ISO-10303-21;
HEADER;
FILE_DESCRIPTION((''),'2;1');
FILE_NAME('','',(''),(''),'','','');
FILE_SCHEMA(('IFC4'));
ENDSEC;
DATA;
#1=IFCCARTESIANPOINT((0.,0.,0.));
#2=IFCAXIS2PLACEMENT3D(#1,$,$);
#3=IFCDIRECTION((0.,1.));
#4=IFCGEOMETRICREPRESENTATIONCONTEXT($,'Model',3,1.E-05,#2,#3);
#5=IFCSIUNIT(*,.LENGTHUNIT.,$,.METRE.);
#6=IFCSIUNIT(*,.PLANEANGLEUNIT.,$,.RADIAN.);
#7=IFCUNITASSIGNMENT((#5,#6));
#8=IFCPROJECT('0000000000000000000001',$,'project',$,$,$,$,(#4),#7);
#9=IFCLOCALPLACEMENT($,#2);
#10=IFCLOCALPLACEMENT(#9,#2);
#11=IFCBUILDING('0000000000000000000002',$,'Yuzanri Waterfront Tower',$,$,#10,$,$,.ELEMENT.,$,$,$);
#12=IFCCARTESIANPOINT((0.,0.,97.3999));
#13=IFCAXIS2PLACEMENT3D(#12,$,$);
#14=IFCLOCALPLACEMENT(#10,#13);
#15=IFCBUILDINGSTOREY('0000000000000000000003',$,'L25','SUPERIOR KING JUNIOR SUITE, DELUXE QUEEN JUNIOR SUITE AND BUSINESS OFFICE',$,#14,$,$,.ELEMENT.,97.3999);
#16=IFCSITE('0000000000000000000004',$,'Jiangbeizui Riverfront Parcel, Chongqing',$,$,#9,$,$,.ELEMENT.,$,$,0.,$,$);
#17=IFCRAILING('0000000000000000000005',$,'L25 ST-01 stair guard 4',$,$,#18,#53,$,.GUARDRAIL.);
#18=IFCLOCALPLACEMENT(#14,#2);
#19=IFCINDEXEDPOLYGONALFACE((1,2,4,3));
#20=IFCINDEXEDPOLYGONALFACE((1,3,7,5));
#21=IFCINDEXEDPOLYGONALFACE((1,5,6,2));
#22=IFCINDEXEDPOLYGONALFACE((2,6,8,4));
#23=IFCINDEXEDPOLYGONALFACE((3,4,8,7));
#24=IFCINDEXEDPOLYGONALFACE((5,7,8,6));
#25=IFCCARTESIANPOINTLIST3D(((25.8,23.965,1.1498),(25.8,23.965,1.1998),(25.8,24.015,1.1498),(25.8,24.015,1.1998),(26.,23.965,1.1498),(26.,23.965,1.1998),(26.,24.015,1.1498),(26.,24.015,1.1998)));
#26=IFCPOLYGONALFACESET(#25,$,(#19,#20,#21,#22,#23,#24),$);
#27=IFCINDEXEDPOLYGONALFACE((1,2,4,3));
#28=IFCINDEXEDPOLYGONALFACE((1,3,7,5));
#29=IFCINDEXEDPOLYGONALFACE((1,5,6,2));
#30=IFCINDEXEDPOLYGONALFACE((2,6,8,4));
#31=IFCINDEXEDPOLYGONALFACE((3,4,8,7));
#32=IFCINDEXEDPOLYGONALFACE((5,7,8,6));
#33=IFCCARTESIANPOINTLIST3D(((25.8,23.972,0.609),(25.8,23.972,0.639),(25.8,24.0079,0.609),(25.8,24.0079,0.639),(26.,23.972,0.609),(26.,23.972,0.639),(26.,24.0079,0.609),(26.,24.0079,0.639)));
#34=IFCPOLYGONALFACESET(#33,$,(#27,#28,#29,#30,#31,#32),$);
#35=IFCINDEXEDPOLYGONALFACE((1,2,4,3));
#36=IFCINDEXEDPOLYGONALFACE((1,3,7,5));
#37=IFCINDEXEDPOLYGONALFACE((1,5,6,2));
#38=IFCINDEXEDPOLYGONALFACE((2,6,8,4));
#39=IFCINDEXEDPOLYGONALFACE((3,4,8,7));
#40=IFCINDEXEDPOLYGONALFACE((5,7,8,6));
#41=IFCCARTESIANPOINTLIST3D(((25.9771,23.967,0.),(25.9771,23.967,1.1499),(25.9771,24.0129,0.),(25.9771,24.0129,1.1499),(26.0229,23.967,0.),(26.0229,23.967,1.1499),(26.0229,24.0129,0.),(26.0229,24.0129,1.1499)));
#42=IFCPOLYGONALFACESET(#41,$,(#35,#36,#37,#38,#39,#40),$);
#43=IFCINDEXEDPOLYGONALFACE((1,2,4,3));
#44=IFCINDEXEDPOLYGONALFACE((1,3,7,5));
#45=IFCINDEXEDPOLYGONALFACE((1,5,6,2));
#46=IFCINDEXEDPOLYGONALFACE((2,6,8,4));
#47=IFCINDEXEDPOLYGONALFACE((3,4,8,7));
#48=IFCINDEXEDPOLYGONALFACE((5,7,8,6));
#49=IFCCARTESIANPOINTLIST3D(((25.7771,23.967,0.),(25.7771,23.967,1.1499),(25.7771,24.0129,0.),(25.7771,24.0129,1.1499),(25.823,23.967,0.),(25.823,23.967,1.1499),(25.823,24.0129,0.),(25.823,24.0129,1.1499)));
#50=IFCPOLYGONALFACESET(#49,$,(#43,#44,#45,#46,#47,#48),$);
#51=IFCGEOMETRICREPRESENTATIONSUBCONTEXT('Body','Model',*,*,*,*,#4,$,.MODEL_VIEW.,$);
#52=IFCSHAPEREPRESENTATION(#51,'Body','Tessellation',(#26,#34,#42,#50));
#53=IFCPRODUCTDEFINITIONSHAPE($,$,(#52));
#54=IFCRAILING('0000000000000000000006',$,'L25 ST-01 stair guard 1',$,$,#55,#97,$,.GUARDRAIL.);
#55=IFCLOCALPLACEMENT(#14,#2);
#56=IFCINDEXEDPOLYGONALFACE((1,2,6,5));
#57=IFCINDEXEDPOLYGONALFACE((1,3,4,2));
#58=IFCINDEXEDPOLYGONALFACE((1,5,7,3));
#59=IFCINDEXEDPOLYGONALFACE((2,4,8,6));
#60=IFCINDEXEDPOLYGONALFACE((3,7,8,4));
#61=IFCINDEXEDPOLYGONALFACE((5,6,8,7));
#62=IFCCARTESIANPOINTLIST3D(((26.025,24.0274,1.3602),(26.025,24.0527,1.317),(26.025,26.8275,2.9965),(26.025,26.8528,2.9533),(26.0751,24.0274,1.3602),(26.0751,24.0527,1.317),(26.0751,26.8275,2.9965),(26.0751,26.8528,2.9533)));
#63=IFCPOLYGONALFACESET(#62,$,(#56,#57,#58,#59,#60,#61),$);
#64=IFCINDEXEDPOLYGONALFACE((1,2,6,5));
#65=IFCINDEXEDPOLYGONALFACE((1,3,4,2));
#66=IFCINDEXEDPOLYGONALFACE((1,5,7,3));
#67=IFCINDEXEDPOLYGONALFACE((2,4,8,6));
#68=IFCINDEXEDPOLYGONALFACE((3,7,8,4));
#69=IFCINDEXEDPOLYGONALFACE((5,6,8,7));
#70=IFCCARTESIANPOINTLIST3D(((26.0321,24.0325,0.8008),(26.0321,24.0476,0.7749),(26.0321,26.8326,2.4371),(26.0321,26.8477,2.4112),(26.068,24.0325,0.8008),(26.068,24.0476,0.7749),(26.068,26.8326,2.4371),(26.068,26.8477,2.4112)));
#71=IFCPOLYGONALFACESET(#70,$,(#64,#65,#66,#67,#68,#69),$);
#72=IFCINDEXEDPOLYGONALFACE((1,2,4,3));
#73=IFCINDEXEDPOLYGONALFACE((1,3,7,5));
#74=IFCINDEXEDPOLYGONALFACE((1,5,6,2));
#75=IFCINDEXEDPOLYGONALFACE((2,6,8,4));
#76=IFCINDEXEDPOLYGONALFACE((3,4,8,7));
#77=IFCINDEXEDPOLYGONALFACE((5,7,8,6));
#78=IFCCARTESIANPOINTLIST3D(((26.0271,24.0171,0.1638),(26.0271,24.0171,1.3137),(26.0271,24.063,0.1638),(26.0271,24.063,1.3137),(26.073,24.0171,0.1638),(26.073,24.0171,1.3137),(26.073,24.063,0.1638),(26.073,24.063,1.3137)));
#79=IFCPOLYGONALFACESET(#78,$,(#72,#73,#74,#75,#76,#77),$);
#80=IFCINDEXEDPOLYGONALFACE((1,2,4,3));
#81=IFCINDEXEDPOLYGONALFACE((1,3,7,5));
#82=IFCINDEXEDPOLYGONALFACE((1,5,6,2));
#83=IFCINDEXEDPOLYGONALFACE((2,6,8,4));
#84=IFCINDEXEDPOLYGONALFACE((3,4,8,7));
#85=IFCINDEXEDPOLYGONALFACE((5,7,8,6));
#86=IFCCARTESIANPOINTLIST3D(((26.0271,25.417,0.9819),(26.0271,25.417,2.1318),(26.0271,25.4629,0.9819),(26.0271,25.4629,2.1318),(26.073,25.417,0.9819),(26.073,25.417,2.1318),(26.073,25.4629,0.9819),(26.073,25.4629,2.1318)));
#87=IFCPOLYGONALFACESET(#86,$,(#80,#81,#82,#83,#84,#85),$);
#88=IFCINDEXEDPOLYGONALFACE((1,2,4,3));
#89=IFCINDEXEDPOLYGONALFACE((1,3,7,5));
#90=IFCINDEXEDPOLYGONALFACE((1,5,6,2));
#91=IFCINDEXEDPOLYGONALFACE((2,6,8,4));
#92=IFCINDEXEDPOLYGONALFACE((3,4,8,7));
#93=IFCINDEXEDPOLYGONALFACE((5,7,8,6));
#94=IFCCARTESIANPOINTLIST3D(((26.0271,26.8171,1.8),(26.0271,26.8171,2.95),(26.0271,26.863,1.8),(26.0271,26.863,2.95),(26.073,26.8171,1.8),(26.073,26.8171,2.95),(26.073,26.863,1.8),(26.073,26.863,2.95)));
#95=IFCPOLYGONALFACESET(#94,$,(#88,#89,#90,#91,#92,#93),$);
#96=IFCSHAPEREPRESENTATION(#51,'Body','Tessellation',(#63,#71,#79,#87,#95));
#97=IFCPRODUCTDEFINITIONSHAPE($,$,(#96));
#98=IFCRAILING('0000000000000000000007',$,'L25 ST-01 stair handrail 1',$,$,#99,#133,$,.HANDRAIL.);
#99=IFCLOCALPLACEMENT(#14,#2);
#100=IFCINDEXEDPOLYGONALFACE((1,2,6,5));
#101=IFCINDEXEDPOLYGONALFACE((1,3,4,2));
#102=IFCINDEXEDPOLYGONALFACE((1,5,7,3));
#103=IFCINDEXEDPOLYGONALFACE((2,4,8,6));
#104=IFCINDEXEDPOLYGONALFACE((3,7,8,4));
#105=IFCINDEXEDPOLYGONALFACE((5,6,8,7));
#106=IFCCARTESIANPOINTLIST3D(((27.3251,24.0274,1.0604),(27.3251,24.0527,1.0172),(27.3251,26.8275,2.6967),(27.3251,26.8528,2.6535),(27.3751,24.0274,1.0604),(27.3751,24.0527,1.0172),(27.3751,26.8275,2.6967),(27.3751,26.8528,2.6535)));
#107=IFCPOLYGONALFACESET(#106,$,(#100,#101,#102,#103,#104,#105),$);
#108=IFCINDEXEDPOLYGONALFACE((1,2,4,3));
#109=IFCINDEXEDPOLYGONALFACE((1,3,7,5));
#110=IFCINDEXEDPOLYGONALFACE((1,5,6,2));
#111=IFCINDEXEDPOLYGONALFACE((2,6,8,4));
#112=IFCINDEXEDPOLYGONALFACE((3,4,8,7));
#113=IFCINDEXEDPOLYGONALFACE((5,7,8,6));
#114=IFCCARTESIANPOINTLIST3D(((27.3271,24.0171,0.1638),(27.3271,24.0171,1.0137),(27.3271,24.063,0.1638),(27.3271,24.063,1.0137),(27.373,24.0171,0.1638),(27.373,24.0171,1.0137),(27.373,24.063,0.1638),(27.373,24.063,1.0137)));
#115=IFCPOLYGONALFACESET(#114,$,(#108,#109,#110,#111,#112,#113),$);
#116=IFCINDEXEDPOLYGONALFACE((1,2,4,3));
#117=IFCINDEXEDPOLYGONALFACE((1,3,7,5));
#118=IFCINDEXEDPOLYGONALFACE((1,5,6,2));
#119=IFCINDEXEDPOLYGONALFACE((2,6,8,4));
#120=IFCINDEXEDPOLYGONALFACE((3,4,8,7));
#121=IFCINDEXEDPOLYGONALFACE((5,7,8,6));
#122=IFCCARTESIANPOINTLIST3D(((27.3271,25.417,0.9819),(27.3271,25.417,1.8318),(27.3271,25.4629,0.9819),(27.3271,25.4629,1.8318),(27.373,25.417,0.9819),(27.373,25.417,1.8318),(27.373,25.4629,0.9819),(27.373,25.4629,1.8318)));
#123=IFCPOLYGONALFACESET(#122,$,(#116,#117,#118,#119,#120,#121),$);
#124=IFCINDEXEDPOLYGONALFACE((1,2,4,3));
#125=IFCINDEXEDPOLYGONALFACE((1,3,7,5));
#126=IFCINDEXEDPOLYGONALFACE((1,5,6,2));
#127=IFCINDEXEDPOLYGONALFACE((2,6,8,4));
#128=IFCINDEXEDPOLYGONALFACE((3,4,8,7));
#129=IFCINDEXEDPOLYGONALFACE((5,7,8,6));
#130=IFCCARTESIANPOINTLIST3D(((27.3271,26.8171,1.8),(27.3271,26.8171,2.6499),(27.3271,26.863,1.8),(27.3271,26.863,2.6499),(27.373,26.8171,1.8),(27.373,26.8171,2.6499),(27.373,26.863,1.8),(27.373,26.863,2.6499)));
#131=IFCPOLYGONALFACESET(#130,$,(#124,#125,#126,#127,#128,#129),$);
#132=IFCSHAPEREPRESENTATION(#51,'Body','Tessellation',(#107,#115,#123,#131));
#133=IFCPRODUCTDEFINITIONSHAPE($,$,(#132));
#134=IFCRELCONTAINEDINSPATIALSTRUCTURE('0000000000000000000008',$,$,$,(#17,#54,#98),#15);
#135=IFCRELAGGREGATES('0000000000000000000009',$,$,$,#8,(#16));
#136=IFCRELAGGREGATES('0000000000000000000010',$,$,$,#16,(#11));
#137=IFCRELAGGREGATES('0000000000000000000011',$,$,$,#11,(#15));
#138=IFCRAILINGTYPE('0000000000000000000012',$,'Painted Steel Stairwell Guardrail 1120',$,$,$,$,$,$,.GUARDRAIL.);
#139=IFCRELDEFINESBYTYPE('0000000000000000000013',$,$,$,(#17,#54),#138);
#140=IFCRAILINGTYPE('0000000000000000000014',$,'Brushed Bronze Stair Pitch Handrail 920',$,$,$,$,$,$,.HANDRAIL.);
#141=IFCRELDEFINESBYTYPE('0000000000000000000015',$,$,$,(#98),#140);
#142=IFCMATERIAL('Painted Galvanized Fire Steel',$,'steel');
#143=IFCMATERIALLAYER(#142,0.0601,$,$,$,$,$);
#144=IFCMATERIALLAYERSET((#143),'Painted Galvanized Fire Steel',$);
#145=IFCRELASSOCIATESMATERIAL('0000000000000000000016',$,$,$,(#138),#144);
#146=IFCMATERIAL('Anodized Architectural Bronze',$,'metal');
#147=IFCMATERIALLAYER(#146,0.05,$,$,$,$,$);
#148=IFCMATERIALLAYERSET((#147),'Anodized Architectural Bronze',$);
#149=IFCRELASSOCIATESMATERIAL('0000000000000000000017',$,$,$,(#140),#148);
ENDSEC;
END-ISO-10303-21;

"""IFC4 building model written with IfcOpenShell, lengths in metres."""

from ifc_helpers import new_model, si_unit, direction, frame, origin, origin_2d, place, context, subcontext, project, spatial, rectangle, extrude, source, transform, mapped, material, layer, layer_set, type_object, element, save


model = new_model("IFC4")

# Units and contexts
model_context = context("Model", 3, precision=1e-05, world=origin(), true_north=direction((0.0, 1.0)))
body_context = subcontext(model_context, "Body", "Model", "MODEL_VIEW")
ifc_project = project(units=[si_unit("LENGTHUNIT", "METRE"), si_unit("PLANEANGLEUNIT", "RADIAN")], contexts=[model_context])

# Site, building, storey
site_placement = place(None, origin())
site = spatial("IfcSite", under=ifc_project, at=site_placement, Name="Jiangbeizui Riverfront Parcel, Chongqing", CompositionType="ELEMENT", RefElevation=0.0)
building_placement = place(site_placement, origin())
building = spatial("IfcBuilding", under=site, at=building_placement, Name="Yuzanri Waterfront Tower", CompositionType="ELEMENT")
storey_placement = place(building_placement, frame((0.0, 0.0, 97.3999)))
storey = spatial("IfcBuildingStorey", under=building, at=storey_placement, Name="L25", Description="SUPERIOR KING JUNIOR SUITE, DELUXE QUEEN JUNIOR SUITE AND BUSINESS OFFICE", CompositionType="ELEMENT", Elevation=97.3999)

# Railings
ifc_material_1 = material(Name="Painted Galvanized Fire Steel", Category="steel")
ifc_layer_1 = layer(ifc_material_1, 0.0601)
ifc_layer_set_1 = layer_set([ifc_layer_1], Name="Painted Galvanized Fire Steel")
railing_type_1 = type_object("IfcRailingType", Name="Painted Steel Stairwell Guardrail 1120", PredefinedType="GUARDRAIL", material=ifc_layer_set_1)
shared_shape_1 = source(origin(), body_context, "Body", "SweptSolid", [
    extrude(rectangle(XDim=0.05, YDim=0.05, at=origin_2d()), frame((0.0, 0.0, 1.1748), z_axis=(-1.0, 0.0, 0.0), x_axis=(0.0, -1.0, 0.0)), (0.0, 0.0, 1.0), 0.2),
    extrude(rectangle(XDim=0.0359, YDim=0.03, at=origin_2d()), frame((0.0, 0.0, 0.624), z_axis=(-1.0, 0.0, 0.0), x_axis=(0.0, -1.0, 0.0)), (0.0, 0.0, 1.0), 0.2),
    extrude(rectangle(XDim=0.0459, YDim=0.0459, at=origin_2d()), origin(), (0.0, 0.0, 1.0), 1.1499),
    extrude(rectangle(XDim=0.0459, YDim=0.0459, at=origin_2d()), frame((-0.2, 0.0, 0.0)), (0.0, 0.0, 1.0), 1.1499),
])
railing_1_placement = place(storey_placement, frame((26.0, 23.99, 0.0)))
element("IfcRailing", 1, at=railing_1_placement, inside=storey, type_object=railing_type_1, Name="L25 ST-01 stair guard 4", PredefinedType="GUARDRAIL", context=body_context, shape_type="MappedRepresentation", body=[
    mapped(shared_shape_1, transform((0.0, 0.0, 0.0), scale=1.0)),
])
shared_shape_2 = source(origin(), body_context, "Body", "SweptSolid", [
    extrude(rectangle(XDim=0.05, YDim=0.05, at=origin_2d()), frame((0.0, 0.0, 1.1748), z_axis=(0.0, 0.863394, 0.504531), x_axis=(-1.0, 0.0, 0.0)), (0.0, 0.0, 1.0), 3.2432),
    extrude(rectangle(XDim=0.0359, YDim=0.03, at=origin_2d()), frame((0.0, 0.0, 0.624), z_axis=(0.0, 0.863394, 0.504531), x_axis=(-1.0, 0.0, 0.0)), (0.0, 0.0, 1.0), 3.2432),
    extrude(rectangle(XDim=0.0459, YDim=0.0459, at=origin_2d()), origin(), (0.0, 0.0, 1.0), 1.1499),
    extrude(rectangle(XDim=0.0459, YDim=0.0459, at=origin_2d()), frame((0.0, 1.3999, 0.8181)), (0.0, 0.0, 1.0), 1.1499),
    extrude(rectangle(XDim=0.0459, YDim=0.0459, at=origin_2d()), frame((0.0, 2.8, 1.6362)), (0.0, 0.0, 1.0), 1.1499),
])
railing_2_placement = place(storey_placement, frame((26.05, 24.04, 0.1638)))
element("IfcRailing", 2, at=railing_2_placement, inside=storey, type_object=railing_type_1, Name="L25 ST-01 stair guard 1", PredefinedType="GUARDRAIL", context=body_context, shape_type="MappedRepresentation", body=[
    mapped(shared_shape_2, transform((0.0, 0.0, 0.0), scale=1.0)),
])
ifc_material_2 = material(Name="Anodized Architectural Bronze", Category="metal")
ifc_layer_2 = layer(ifc_material_2, 0.05)
ifc_layer_set_2 = layer_set([ifc_layer_2], Name="Anodized Architectural Bronze")
railing_type_2 = type_object("IfcRailingType", Name="Brushed Bronze Stair Pitch Handrail 920", PredefinedType="HANDRAIL", material=ifc_layer_set_2)
shared_shape_3 = source(origin(), body_context, "Body", "SweptSolid", [
    extrude(rectangle(XDim=0.05, YDim=0.05, at=origin_2d()), frame((0.0, 0.0, 0.875), z_axis=(0.0, 0.863394, 0.504531), x_axis=(-1.0, 0.0, 0.0)), (0.0, 0.0, 1.0), 3.2432),
    extrude(rectangle(XDim=0.0459, YDim=0.0459, at=origin_2d()), origin(), (0.0, 0.0, 1.0), 0.8499),
    extrude(rectangle(XDim=0.0459, YDim=0.0459, at=origin_2d()), frame((0.0, 1.3999, 0.8181)), (0.0, 0.0, 1.0), 0.8499),
    extrude(rectangle(XDim=0.0459, YDim=0.0459, at=origin_2d()), frame((0.0, 2.8, 1.6362)), (0.0, 0.0, 1.0), 0.8499),
])
railing_3_placement = place(storey_placement, frame((27.3501, 24.04, 0.1638)))
element("IfcRailing", 3, at=railing_3_placement, inside=storey, type_object=railing_type_2, Name="L25 ST-01 stair handrail 1", PredefinedType="HANDRAIL", context=body_context, shape_type="MappedRepresentation", body=[
    mapped(shared_shape_3, transform((0.0, 0.0, 0.0), scale=1.0)),
])

save(model, "model.ifc")
